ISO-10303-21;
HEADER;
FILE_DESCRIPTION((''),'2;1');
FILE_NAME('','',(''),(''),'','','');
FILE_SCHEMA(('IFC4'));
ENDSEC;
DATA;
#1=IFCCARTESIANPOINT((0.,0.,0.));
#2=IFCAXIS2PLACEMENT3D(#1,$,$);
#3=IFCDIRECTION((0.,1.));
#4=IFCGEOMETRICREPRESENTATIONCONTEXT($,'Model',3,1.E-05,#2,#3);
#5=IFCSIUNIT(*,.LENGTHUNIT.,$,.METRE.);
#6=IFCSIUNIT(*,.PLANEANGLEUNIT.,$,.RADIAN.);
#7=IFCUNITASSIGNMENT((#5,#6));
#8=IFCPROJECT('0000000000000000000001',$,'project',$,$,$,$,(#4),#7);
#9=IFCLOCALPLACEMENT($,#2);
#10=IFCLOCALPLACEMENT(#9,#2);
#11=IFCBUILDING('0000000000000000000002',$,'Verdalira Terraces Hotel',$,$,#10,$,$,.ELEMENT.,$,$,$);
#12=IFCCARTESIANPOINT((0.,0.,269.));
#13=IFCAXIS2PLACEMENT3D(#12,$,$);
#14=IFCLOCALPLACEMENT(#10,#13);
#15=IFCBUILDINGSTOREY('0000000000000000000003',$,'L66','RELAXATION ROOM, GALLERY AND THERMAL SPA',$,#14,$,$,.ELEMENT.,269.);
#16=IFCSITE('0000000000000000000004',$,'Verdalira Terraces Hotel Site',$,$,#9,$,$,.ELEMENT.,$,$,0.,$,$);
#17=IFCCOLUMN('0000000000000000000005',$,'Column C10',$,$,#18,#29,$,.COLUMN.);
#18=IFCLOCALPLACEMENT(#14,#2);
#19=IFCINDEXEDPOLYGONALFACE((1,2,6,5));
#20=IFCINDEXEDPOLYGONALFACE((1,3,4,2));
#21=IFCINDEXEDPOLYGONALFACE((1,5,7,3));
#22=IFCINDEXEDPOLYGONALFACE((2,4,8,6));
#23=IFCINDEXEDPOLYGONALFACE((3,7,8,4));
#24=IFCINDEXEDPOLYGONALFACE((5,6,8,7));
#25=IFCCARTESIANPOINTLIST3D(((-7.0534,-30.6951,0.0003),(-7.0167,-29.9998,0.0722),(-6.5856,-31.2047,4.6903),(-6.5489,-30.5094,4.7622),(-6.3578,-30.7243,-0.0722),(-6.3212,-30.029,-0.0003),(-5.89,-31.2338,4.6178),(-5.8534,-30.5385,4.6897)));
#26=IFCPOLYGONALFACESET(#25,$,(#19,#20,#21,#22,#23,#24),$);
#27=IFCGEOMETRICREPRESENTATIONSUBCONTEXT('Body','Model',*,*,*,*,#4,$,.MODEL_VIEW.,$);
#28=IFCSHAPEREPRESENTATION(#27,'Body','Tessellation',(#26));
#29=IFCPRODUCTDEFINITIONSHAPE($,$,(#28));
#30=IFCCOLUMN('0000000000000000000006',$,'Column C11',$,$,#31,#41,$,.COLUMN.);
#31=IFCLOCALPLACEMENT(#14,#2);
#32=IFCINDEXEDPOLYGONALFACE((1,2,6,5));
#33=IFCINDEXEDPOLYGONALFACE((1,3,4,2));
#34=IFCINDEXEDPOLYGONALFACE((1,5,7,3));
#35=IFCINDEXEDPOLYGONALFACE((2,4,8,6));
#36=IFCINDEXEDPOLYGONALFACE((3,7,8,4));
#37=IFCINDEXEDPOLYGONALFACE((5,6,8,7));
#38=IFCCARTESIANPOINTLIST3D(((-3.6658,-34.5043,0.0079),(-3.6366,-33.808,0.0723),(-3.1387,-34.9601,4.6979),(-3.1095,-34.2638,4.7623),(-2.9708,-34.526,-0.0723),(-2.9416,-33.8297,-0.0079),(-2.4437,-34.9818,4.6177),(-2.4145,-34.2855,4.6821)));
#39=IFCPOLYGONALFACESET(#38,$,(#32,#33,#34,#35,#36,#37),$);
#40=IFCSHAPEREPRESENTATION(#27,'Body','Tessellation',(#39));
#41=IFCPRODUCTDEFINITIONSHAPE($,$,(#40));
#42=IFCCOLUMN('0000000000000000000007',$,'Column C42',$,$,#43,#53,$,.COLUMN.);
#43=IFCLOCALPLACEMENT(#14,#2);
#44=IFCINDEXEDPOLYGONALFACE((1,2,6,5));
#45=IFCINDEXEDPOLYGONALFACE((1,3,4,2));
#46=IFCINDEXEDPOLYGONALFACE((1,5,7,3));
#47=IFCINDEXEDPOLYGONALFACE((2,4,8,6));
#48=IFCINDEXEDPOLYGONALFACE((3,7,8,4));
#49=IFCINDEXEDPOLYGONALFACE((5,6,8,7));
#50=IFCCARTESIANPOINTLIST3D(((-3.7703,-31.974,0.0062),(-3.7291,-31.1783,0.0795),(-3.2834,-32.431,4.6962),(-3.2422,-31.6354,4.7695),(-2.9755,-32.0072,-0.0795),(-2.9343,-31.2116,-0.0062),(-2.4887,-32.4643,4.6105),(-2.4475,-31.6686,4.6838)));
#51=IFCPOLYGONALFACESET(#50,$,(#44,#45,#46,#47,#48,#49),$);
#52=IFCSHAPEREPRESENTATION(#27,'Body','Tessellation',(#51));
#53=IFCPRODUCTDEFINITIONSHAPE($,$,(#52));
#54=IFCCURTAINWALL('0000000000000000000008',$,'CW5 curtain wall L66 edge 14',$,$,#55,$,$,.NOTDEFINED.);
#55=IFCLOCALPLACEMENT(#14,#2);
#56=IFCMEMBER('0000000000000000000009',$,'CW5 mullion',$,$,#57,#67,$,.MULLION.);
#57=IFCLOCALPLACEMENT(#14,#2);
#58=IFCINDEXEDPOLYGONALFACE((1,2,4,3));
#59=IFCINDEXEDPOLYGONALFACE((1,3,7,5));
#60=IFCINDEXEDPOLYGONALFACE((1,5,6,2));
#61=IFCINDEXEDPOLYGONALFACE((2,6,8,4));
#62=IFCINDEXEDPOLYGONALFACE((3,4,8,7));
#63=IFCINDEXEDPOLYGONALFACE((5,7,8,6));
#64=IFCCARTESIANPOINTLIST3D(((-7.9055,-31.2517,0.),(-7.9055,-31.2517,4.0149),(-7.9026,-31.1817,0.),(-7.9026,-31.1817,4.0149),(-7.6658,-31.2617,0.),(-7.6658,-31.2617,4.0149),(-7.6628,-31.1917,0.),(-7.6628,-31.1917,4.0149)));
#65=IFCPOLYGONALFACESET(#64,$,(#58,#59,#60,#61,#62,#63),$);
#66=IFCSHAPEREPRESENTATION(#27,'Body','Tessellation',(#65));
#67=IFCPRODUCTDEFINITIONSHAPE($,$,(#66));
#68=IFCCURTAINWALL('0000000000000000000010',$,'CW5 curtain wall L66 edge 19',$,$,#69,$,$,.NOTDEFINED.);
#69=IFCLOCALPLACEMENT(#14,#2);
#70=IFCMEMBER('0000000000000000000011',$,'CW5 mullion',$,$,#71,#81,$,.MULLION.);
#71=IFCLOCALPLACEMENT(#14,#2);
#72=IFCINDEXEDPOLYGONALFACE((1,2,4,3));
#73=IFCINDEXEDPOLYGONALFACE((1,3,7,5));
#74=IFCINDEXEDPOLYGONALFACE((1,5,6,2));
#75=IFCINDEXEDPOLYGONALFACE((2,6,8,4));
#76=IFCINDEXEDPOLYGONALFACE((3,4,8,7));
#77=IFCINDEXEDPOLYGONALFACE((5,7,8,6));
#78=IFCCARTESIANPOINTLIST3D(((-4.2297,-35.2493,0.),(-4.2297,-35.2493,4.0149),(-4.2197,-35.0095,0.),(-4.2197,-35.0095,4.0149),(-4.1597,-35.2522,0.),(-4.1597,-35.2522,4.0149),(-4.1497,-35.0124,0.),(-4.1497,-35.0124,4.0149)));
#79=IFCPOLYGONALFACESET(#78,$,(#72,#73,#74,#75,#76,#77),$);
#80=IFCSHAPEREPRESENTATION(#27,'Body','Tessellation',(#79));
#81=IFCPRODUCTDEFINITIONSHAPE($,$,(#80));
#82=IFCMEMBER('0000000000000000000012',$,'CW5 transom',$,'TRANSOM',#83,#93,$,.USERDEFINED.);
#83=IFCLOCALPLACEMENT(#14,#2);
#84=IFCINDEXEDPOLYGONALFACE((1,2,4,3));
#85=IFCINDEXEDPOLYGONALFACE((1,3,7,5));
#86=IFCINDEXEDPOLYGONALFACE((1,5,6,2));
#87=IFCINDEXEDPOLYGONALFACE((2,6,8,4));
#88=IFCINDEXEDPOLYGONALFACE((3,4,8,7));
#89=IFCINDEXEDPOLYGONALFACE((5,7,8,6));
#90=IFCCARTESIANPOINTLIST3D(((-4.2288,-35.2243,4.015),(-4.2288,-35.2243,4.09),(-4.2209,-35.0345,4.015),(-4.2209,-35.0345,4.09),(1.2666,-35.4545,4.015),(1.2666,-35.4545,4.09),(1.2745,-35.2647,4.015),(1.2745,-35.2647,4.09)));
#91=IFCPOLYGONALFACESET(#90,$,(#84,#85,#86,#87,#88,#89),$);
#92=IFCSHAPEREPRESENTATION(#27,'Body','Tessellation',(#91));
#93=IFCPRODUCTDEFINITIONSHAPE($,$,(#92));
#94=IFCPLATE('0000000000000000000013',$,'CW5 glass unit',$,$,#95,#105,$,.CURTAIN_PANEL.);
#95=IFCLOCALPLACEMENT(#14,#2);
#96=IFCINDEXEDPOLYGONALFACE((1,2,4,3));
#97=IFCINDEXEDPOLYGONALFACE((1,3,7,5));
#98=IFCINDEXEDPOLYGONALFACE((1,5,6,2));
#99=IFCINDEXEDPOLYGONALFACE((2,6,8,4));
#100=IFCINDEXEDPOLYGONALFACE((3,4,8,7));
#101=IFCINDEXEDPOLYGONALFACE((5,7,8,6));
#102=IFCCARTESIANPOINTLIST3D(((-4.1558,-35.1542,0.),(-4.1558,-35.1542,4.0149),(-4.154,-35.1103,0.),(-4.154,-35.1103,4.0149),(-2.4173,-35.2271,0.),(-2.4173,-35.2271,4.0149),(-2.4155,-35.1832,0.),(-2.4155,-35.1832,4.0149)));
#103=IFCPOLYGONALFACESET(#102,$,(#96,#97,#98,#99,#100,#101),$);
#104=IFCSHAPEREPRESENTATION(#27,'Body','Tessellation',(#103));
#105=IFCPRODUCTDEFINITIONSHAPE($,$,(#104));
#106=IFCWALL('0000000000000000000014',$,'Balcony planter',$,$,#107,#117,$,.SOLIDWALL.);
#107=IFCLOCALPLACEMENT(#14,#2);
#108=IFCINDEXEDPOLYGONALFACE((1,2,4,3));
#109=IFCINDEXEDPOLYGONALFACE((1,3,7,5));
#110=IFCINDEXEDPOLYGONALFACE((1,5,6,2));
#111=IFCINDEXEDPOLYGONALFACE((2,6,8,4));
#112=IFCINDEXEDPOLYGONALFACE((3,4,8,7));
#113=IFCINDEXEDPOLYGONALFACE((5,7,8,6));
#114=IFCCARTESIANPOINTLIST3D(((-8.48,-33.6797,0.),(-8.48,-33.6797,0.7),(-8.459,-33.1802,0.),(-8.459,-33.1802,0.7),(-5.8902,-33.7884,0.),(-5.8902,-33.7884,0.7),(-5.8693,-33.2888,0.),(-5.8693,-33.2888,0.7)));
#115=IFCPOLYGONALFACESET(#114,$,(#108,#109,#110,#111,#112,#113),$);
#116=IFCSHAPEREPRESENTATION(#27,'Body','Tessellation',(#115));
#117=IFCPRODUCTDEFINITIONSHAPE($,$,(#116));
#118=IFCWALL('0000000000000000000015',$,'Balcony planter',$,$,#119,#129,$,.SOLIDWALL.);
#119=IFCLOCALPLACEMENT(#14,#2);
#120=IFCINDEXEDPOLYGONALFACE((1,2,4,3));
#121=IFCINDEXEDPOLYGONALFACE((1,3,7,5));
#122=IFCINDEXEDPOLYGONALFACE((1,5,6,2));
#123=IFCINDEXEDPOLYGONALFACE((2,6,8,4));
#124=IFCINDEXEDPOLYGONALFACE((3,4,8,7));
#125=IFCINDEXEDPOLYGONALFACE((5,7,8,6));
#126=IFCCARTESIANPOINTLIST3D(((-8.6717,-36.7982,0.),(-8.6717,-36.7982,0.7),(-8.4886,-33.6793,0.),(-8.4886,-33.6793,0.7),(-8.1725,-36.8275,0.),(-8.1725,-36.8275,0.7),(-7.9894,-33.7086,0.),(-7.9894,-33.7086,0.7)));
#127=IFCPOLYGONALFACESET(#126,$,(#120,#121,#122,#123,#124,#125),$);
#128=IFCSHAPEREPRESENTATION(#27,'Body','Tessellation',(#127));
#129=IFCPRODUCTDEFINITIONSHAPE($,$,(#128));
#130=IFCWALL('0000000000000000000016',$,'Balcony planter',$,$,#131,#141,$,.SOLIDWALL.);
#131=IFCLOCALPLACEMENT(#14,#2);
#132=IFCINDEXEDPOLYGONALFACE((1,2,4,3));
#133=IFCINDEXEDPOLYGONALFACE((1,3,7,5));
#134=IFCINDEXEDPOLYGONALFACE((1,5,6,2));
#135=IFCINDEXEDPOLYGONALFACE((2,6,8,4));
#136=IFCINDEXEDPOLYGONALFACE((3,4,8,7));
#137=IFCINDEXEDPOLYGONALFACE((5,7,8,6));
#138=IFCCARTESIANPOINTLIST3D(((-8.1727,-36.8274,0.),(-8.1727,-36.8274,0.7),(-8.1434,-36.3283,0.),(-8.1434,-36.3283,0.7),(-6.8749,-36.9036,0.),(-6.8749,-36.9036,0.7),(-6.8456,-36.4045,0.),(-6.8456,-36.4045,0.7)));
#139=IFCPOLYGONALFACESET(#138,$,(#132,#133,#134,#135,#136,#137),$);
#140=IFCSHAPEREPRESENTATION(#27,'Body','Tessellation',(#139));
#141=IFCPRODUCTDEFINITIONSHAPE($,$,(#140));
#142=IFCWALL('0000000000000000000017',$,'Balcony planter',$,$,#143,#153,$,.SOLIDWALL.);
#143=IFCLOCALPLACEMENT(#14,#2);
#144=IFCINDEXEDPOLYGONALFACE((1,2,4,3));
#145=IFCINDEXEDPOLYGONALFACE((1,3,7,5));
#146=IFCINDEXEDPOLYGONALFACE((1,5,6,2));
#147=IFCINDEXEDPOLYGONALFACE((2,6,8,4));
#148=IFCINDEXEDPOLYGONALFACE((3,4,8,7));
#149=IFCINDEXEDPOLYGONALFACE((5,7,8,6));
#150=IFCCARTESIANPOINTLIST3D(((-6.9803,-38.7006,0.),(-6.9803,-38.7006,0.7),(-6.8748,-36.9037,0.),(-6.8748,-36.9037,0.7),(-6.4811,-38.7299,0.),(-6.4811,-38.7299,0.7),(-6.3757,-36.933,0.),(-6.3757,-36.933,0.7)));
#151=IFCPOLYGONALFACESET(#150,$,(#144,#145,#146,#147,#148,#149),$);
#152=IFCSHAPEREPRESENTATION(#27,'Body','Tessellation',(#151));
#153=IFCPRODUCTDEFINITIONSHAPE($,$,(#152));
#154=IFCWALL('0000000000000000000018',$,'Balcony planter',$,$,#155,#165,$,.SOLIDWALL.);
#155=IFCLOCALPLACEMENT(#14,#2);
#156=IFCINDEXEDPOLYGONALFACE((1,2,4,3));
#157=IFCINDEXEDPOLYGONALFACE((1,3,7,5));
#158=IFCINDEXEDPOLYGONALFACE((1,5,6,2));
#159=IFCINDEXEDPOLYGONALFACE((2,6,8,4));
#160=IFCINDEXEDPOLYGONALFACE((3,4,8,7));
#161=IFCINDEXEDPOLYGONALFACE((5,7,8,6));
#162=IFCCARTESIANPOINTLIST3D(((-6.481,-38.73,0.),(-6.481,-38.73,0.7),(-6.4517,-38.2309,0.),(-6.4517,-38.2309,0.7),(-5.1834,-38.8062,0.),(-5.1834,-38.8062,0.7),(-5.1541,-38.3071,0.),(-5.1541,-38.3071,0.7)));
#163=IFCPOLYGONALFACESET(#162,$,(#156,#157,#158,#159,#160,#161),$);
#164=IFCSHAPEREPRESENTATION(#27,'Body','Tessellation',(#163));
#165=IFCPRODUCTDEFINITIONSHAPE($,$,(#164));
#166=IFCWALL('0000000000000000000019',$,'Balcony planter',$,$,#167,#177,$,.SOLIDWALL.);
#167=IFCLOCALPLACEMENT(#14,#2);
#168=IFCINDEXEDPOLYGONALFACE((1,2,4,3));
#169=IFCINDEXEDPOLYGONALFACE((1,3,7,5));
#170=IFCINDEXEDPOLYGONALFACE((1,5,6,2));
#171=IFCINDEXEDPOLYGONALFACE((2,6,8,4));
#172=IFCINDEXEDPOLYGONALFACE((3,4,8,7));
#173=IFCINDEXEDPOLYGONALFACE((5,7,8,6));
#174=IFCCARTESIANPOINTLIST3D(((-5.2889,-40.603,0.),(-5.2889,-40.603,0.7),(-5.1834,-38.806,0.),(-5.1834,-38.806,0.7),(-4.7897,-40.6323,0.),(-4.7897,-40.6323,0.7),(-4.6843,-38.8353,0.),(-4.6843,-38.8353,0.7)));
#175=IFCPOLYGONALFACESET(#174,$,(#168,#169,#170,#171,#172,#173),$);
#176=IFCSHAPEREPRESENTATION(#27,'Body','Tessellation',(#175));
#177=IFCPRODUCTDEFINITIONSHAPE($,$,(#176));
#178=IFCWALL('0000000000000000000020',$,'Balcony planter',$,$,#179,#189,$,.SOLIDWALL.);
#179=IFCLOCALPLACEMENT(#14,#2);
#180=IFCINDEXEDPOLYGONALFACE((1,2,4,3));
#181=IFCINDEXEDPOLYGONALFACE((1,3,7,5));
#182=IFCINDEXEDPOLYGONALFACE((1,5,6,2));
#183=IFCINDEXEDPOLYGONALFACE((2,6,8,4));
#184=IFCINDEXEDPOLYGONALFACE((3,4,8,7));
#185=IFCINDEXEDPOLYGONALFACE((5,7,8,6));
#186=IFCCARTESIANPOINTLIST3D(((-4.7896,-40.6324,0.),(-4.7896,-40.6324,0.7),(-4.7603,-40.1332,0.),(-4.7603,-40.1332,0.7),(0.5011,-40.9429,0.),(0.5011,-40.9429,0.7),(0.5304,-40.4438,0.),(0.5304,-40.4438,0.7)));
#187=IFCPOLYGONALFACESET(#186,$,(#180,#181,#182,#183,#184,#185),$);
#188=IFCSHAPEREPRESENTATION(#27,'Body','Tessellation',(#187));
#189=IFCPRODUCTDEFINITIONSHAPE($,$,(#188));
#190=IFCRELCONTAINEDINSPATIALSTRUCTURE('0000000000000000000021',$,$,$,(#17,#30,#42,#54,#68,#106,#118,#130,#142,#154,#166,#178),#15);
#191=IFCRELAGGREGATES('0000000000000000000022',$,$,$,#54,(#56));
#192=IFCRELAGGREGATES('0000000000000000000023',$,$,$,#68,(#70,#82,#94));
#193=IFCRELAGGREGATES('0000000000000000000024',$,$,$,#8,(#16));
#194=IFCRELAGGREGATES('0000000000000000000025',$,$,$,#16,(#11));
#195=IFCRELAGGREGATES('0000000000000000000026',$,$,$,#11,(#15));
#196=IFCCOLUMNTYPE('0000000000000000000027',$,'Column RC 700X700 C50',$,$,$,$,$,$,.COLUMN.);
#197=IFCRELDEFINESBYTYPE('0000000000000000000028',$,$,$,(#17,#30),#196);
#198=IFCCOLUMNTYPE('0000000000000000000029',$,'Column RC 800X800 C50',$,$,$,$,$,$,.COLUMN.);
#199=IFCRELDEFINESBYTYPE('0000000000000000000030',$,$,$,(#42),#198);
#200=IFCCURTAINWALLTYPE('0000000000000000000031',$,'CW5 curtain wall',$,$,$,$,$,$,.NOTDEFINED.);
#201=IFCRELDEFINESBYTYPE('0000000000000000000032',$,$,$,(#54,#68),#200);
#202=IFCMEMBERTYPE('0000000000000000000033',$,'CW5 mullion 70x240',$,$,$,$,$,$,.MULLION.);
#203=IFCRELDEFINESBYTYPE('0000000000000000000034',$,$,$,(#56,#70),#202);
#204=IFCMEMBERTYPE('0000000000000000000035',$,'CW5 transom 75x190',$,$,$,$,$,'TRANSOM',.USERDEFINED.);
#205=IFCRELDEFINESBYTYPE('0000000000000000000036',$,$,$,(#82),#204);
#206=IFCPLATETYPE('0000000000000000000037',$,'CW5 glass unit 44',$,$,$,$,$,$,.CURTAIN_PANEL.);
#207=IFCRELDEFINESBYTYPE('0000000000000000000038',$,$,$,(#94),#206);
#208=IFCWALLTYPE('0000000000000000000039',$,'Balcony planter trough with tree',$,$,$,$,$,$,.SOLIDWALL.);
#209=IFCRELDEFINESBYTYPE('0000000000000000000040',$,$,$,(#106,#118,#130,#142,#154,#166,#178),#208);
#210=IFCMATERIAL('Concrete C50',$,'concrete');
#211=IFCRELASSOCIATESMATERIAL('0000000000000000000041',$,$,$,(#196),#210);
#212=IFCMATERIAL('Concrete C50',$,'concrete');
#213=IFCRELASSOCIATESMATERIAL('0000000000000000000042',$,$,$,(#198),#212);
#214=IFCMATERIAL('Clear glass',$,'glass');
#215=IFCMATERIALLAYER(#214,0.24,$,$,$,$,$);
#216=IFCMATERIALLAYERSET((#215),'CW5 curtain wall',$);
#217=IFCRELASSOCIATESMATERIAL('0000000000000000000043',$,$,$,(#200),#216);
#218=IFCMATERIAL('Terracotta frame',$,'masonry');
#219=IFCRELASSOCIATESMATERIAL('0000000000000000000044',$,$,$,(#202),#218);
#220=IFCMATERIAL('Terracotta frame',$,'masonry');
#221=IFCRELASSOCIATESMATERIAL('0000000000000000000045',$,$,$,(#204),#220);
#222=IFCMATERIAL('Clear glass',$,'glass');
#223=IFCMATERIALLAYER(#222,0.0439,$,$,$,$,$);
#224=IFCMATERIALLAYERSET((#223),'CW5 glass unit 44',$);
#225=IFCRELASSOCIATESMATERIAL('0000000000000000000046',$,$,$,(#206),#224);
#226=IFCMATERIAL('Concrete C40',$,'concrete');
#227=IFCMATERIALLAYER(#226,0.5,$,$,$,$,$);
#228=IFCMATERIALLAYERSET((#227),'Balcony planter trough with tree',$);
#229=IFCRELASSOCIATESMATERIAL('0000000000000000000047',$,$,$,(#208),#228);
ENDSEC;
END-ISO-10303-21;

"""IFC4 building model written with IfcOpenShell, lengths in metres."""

from ifc_helpers import new_model, si_unit, direction, frame, frame_2d, origin, origin_2d, place, context, subcontext, project, spatial, rectangle, extrude, material, layer, layer_set, material_profile, profile_set, type_object, element, aggregate, save


model = new_model("IFC4")

# Units and contexts
model_context = context("Model", 3, precision=1e-05, world=origin(), true_north=direction((0.0, 1.0)))
body_context = subcontext(model_context, "Body", "Model", "MODEL_VIEW")
ifc_project = project(units=[si_unit("LENGTHUNIT", "METRE"), si_unit("PLANEANGLEUNIT", "RADIAN")], contexts=[model_context])

# Site, building, storey
site_placement = place(None, origin())
site = spatial("IfcSite", under=ifc_project, at=site_placement, Name="Verdalira Terraces Hotel Site", CompositionType="ELEMENT", RefElevation=0.0)
building_placement = place(site_placement, origin())
building = spatial("IfcBuilding", under=site, at=building_placement, Name="Verdalira Terraces Hotel", CompositionType="ELEMENT")
storey_placement = place(building_placement, frame((0.0, 0.0, 269.0)))
storey = spatial("IfcBuildingStorey", under=building, at=storey_placement, Name="L66", Description="RELAXATION ROOM, GALLERY AND THERMAL SPA", CompositionType="ELEMENT", Elevation=269.0)

# Columns
ifc_material_1 = material(Name="Concrete C50", Category="concrete")
ifc_material_profile_1 = material_profile(ifc_material_1, rectangle(XDim=0.7, YDim=0.7, at=origin_2d()), Name="RC 700X700")
ifc_profile_set_1 = profile_set([ifc_material_profile_1], Name="Concrete C50")
column_type_1 = type_object("IfcColumnType", Name="Column RC 700X700 C50", PredefinedType="COLUMN", material=ifc_profile_set_1)
column_1_placement = place(storey_placement, frame((-6.6873, -30.3621, 0.0), z_axis=(0.098672, -0.107479, 0.989299), x_axis=(-0.052341, -0.993335, -0.102697)))
element("IfcColumn", 1, at=column_1_placement, inside=storey, type_object=column_type_1, Name="Column C10", PredefinedType="COLUMN", context=body_context, shape_type="SweptSolid", body=[
    extrude(rectangle(XDim=0.7, YDim=0.7, at=origin_2d()), origin(), (0.0, 0.0, 1.0), 4.7407),
])
column_2_placement = place(storey_placement, frame((-3.3037, -34.167, 0.0), z_axis=(0.111169, -0.096134, 0.989141), x_axis=(0.992927, -0.031003, -0.114608)))
element("IfcColumn", 2, at=column_2_placement, inside=storey, type_object=column_type_1, Name="Column C11", PredefinedType="COLUMN", context=body_context, shape_type="SweptSolid", body=[
    extrude(rectangle(XDim=0.7, YDim=0.7, at=origin_2d()), origin(), (0.0, 0.0, 1.0), 4.7415),
])
ifc_material_2 = material(Name="Concrete C50", Category="concrete")
ifc_material_profile_2 = material_profile(ifc_material_2, rectangle(XDim=0.8, YDim=0.8, at=origin_2d()), Name="RC 800X800")
ifc_profile_set_2 = profile_set([ifc_material_profile_2], Name="Concrete C50")
column_type_2 = type_object("IfcColumnType", Name="Column RC 800X800 C50", PredefinedType="COLUMN", material=ifc_profile_set_2)
column_3_placement = place(storey_placement, frame((-3.3523, -31.5928, 0.0), z_axis=(0.102764, -0.096476, 0.990016), x_axis=(-0.051502, -0.994466, -0.091564)))
element("IfcColumn", 3, at=column_3_placement, inside=storey, type_object=column_type_2, Name="Column C42", PredefinedType="COLUMN", context=body_context, shape_type="SweptSolid", body=[
    extrude(rectangle(XDim=0.8, YDim=0.8, at=origin_2d()), origin(), (0.0, 0.0, 1.0), 4.7373),
])

# Curtain wall, member
ifc_material_3 = material(Name="Clear glass", Category="glass")
ifc_layer_1 = layer(ifc_material_3, 0.24)
ifc_layer_set_1 = layer_set([ifc_layer_1], Name="CW5 curtain wall")
curtain_wall_type = type_object("IfcCurtainWallType", Name="CW5 curtain wall", PredefinedType="NOTDEFINED", material=ifc_layer_set_1)
curtain_wall_1_placement = place(storey_placement, origin())
curtain_wall_1 = element("IfcCurtainWall", 4, at=curtain_wall_1_placement, inside=storey, type_object=curtain_wall_type, Name="CW5 curtain wall L66 edge 14", PredefinedType="NOTDEFINED")
ifc_material_4 = material(Name="Terracotta frame", Category="masonry")
ifc_material_profile_3 = material_profile(ifc_material_4, rectangle(XDim=0.0701, YDim=0.24, at=origin_2d()), Name="MU 70x240")
ifc_profile_set_3 = profile_set([ifc_material_profile_3], Name="Terracotta frame")
member_type_1 = type_object("IfcMemberType", Name="CW5 mullion 70x240", PredefinedType="MULLION", material=ifc_profile_set_3)
member_1_placement = place(storey_placement, frame((-7.7842, -31.2217, 0.0), z_axis=(0.0, 0.0, 1.0), x_axis=(-0.041876, -0.999123, 0.0)))
member_1 = element("IfcMember", 5, at=member_1_placement, type_object=member_type_1, Name="CW5 mullion", PredefinedType="MULLION", context=body_context, shape_type="SweptSolid", body=[
    extrude(rectangle(XDim=0.0701, YDim=0.24, at=origin_2d()), origin(), (0.0, 0.0, 1.0), 4.0149),
])
aggregate(curtain_wall_1, [member_1])

# Curtain wall, members, plate
curtain_wall_2_placement = place(storey_placement, origin())
curtain_wall_2 = element("IfcCurtainWall", 6, at=curtain_wall_2_placement, inside=storey, type_object=curtain_wall_type, Name="CW5 curtain wall L66 edge 19", PredefinedType="NOTDEFINED")
member_2_placement = place(storey_placement, frame((-4.1897, -35.1309, 0.0), z_axis=(0.0, 0.0, 1.0), x_axis=(0.999123, -0.041876, 0.0)))
member_2 = element("IfcMember", 7, at=member_2_placement, type_object=member_type_1, Name="CW5 mullion", PredefinedType="MULLION", context=body_context, shape_type="SweptSolid", body=[
    extrude(rectangle(XDim=0.0701, YDim=0.24, at=origin_2d()), origin(), (0.0, 0.0, 1.0), 4.0149),
])
ifc_material_5 = material(Name="Terracotta frame", Category="masonry")
ifc_material_profile_4 = material_profile(ifc_material_5, rectangle(XDim=0.1899, YDim=0.075, at=origin_2d()), Name="TR 75x190")
ifc_profile_set_4 = profile_set([ifc_material_profile_4], Name="Terracotta frame")
member_type_2 = type_object("IfcMemberType", Name="CW5 transom 75x190", ElementType="TRANSOM", PredefinedType="USERDEFINED", material=ifc_profile_set_4)
member_3_placement = place(storey_placement, frame((-4.2249, -35.1294, 4.0525), z_axis=(0.999124, -0.041858, 0.0), x_axis=(0.041858, 0.999124, 0.0)))
member_3 = element("IfcMember", 8, at=member_3_placement, type_object=member_type_2, Name="CW5 transom", ObjectType="TRANSOM", PredefinedType="USERDEFINED", context=body_context, shape_type="SweptSolid", body=[
    extrude(rectangle(XDim=0.1899, YDim=0.075, at=origin_2d()), origin(), (0.0, 0.0, 1.0), 5.5002),
])
ifc_material_6 = material(Name="Clear glass", Category="glass")
ifc_layer_2 = layer(ifc_material_6, 0.0439)
ifc_layer_set_2 = layer_set([ifc_layer_2], Name="CW5 glass unit 44")
plate_type = type_object("IfcPlateType", Name="CW5 glass unit 44", PredefinedType="CURTAIN_PANEL", material=ifc_layer_set_2)
plate_placement = place(storey_placement, frame((-3.2856, -35.1687, 0.0), z_axis=(0.0, 0.0, 1.0), x_axis=(0.999123, -0.041876, 0.0)))
plate = element("IfcPlate", 9, at=plate_placement, type_object=plate_type, Name="CW5 glass unit", PredefinedType="CURTAIN_PANEL", context=body_context, shape_type="SweptSolid", body=[
    extrude(rectangle(XDim=1.74, YDim=0.0439, at=origin_2d()), origin(), (0.0, 0.0, 1.0), 4.0149),
])
aggregate(curtain_wall_2, [member_2, member_3, plate])

# Walls
ifc_material_7 = material(Name="Concrete C40", Category="concrete")
ifc_layer_3 = layer(ifc_material_7, 0.5)
ifc_layer_set_3 = layer_set([ifc_layer_3], Name="Balcony planter trough with tree")
wall_type_1 = type_object("IfcWallType", Name="Balcony planter trough with tree", PredefinedType="SOLIDWALL", material=ifc_layer_set_3)
wall_1_placement = place(storey_placement, frame((-5.8799, -33.5386, 0.0), z_axis=(0.0, 0.0, 1.0), x_axis=(-0.999121, 0.041913, 0.0)))
element("IfcWall", 10, at=wall_1_placement, inside=storey, type_object=wall_type_1, Name="Balcony planter", PredefinedType="SOLIDWALL", context=body_context, shape_type="SweptSolid", body=[
    extrude(rectangle(XDim=2.592, YDim=0.5, at=frame_2d((1.2959, 0.0))), origin(), (0.0, 0.0, 1.0), 0.7),
])
wall_2_placement = place(storey_placement, frame((-8.239, -33.6941, 0.0), z_axis=(0.0, 0.0, 1.0), x_axis=(-0.058608, -0.998281, 0.0)))
element("IfcWall", 11, at=wall_2_placement, inside=storey, type_object=wall_type_1, Name="Balcony planter", PredefinedType="SOLIDWALL", context=body_context, shape_type="SweptSolid", body=[
    extrude(rectangle(XDim=3.1243, YDim=0.5, at=frame_2d((1.562, 0.0))), origin(), (0.0, 0.0, 1.0), 0.7),
])
wall_3_placement = place(storey_placement, frame((-8.158, -36.5779, 0.0), z_axis=(0.0, 0.0, 1.0), x_axis=(0.998282, -0.05859, 0.0)))
element("IfcWall", 12, at=wall_3_placement, inside=storey, type_object=wall_type_1, Name="Balcony planter", PredefinedType="SOLIDWALL", context=body_context, shape_type="SweptSolid", body=[
    extrude(rectangle(XDim=1.3, YDim=0.5, at=frame_2d((0.6499, 0.0))), origin(), (0.0, 0.0, 1.0), 0.7),
])
wall_4_placement = place(storey_placement, frame((-6.6252, -36.9185, 0.0), z_axis=(0.0, 0.0, 1.0), x_axis=(-0.058595, -0.998282, 0.0)))
element("IfcWall", 13, at=wall_4_placement, inside=storey, type_object=wall_type_1, Name="Balcony planter", PredefinedType="SOLIDWALL", context=body_context, shape_type="SweptSolid", body=[
    extrude(rectangle(XDim=1.8, YDim=0.5, at=frame_2d((0.8999, 0.0))), origin(), (0.0, 0.0, 1.0), 0.7),
])
wall_5_placement = place(storey_placement, frame((-6.4663, -38.4805, 0.0), z_axis=(0.0, 0.0, 1.0), x_axis=(0.998281, -0.058601, 0.0)))
element("IfcWall", 14, at=wall_5_placement, inside=storey, type_object=wall_type_1, Name="Balcony planter", PredefinedType="SOLIDWALL", context=body_context, shape_type="SweptSolid", body=[
    extrude(rectangle(XDim=1.2998, YDim=0.5, at=frame_2d((0.6499, 0.0))), origin(), (0.0, 0.0, 1.0), 0.7),
])
wall_6_placement = place(storey_placement, frame((-4.9338, -38.8208, 0.0), z_axis=(0.0, 0.0, 1.0), x_axis=(-0.058595, -0.998282, 0.0)))
element("IfcWall", 15, at=wall_6_placement, inside=storey, type_object=wall_type_1, Name="Balcony planter", PredefinedType="SOLIDWALL", context=body_context, shape_type="SweptSolid", body=[
    extrude(rectangle(XDim=1.8, YDim=0.5, at=frame_2d((0.8999, 0.0))), origin(), (0.0, 0.0, 1.0), 0.7),
])
wall_7_placement = place(storey_placement, frame((-4.7749, -40.3828, 0.0), z_axis=(0.0, 0.0, 1.0), x_axis=(0.998282, -0.058595, 0.0)))
element("IfcWall", 16, at=wall_7_placement, inside=storey, type_object=wall_type_1, Name="Balcony planter", PredefinedType="SOLIDWALL", context=body_context, shape_type="SweptSolid", body=[
    extrude(rectangle(XDim=5.2998, YDim=0.5, at=frame_2d((2.6499, 0.0))), origin(), (0.0, 0.0, 1.0), 0.7),
])

save(model, "model.ifc")
